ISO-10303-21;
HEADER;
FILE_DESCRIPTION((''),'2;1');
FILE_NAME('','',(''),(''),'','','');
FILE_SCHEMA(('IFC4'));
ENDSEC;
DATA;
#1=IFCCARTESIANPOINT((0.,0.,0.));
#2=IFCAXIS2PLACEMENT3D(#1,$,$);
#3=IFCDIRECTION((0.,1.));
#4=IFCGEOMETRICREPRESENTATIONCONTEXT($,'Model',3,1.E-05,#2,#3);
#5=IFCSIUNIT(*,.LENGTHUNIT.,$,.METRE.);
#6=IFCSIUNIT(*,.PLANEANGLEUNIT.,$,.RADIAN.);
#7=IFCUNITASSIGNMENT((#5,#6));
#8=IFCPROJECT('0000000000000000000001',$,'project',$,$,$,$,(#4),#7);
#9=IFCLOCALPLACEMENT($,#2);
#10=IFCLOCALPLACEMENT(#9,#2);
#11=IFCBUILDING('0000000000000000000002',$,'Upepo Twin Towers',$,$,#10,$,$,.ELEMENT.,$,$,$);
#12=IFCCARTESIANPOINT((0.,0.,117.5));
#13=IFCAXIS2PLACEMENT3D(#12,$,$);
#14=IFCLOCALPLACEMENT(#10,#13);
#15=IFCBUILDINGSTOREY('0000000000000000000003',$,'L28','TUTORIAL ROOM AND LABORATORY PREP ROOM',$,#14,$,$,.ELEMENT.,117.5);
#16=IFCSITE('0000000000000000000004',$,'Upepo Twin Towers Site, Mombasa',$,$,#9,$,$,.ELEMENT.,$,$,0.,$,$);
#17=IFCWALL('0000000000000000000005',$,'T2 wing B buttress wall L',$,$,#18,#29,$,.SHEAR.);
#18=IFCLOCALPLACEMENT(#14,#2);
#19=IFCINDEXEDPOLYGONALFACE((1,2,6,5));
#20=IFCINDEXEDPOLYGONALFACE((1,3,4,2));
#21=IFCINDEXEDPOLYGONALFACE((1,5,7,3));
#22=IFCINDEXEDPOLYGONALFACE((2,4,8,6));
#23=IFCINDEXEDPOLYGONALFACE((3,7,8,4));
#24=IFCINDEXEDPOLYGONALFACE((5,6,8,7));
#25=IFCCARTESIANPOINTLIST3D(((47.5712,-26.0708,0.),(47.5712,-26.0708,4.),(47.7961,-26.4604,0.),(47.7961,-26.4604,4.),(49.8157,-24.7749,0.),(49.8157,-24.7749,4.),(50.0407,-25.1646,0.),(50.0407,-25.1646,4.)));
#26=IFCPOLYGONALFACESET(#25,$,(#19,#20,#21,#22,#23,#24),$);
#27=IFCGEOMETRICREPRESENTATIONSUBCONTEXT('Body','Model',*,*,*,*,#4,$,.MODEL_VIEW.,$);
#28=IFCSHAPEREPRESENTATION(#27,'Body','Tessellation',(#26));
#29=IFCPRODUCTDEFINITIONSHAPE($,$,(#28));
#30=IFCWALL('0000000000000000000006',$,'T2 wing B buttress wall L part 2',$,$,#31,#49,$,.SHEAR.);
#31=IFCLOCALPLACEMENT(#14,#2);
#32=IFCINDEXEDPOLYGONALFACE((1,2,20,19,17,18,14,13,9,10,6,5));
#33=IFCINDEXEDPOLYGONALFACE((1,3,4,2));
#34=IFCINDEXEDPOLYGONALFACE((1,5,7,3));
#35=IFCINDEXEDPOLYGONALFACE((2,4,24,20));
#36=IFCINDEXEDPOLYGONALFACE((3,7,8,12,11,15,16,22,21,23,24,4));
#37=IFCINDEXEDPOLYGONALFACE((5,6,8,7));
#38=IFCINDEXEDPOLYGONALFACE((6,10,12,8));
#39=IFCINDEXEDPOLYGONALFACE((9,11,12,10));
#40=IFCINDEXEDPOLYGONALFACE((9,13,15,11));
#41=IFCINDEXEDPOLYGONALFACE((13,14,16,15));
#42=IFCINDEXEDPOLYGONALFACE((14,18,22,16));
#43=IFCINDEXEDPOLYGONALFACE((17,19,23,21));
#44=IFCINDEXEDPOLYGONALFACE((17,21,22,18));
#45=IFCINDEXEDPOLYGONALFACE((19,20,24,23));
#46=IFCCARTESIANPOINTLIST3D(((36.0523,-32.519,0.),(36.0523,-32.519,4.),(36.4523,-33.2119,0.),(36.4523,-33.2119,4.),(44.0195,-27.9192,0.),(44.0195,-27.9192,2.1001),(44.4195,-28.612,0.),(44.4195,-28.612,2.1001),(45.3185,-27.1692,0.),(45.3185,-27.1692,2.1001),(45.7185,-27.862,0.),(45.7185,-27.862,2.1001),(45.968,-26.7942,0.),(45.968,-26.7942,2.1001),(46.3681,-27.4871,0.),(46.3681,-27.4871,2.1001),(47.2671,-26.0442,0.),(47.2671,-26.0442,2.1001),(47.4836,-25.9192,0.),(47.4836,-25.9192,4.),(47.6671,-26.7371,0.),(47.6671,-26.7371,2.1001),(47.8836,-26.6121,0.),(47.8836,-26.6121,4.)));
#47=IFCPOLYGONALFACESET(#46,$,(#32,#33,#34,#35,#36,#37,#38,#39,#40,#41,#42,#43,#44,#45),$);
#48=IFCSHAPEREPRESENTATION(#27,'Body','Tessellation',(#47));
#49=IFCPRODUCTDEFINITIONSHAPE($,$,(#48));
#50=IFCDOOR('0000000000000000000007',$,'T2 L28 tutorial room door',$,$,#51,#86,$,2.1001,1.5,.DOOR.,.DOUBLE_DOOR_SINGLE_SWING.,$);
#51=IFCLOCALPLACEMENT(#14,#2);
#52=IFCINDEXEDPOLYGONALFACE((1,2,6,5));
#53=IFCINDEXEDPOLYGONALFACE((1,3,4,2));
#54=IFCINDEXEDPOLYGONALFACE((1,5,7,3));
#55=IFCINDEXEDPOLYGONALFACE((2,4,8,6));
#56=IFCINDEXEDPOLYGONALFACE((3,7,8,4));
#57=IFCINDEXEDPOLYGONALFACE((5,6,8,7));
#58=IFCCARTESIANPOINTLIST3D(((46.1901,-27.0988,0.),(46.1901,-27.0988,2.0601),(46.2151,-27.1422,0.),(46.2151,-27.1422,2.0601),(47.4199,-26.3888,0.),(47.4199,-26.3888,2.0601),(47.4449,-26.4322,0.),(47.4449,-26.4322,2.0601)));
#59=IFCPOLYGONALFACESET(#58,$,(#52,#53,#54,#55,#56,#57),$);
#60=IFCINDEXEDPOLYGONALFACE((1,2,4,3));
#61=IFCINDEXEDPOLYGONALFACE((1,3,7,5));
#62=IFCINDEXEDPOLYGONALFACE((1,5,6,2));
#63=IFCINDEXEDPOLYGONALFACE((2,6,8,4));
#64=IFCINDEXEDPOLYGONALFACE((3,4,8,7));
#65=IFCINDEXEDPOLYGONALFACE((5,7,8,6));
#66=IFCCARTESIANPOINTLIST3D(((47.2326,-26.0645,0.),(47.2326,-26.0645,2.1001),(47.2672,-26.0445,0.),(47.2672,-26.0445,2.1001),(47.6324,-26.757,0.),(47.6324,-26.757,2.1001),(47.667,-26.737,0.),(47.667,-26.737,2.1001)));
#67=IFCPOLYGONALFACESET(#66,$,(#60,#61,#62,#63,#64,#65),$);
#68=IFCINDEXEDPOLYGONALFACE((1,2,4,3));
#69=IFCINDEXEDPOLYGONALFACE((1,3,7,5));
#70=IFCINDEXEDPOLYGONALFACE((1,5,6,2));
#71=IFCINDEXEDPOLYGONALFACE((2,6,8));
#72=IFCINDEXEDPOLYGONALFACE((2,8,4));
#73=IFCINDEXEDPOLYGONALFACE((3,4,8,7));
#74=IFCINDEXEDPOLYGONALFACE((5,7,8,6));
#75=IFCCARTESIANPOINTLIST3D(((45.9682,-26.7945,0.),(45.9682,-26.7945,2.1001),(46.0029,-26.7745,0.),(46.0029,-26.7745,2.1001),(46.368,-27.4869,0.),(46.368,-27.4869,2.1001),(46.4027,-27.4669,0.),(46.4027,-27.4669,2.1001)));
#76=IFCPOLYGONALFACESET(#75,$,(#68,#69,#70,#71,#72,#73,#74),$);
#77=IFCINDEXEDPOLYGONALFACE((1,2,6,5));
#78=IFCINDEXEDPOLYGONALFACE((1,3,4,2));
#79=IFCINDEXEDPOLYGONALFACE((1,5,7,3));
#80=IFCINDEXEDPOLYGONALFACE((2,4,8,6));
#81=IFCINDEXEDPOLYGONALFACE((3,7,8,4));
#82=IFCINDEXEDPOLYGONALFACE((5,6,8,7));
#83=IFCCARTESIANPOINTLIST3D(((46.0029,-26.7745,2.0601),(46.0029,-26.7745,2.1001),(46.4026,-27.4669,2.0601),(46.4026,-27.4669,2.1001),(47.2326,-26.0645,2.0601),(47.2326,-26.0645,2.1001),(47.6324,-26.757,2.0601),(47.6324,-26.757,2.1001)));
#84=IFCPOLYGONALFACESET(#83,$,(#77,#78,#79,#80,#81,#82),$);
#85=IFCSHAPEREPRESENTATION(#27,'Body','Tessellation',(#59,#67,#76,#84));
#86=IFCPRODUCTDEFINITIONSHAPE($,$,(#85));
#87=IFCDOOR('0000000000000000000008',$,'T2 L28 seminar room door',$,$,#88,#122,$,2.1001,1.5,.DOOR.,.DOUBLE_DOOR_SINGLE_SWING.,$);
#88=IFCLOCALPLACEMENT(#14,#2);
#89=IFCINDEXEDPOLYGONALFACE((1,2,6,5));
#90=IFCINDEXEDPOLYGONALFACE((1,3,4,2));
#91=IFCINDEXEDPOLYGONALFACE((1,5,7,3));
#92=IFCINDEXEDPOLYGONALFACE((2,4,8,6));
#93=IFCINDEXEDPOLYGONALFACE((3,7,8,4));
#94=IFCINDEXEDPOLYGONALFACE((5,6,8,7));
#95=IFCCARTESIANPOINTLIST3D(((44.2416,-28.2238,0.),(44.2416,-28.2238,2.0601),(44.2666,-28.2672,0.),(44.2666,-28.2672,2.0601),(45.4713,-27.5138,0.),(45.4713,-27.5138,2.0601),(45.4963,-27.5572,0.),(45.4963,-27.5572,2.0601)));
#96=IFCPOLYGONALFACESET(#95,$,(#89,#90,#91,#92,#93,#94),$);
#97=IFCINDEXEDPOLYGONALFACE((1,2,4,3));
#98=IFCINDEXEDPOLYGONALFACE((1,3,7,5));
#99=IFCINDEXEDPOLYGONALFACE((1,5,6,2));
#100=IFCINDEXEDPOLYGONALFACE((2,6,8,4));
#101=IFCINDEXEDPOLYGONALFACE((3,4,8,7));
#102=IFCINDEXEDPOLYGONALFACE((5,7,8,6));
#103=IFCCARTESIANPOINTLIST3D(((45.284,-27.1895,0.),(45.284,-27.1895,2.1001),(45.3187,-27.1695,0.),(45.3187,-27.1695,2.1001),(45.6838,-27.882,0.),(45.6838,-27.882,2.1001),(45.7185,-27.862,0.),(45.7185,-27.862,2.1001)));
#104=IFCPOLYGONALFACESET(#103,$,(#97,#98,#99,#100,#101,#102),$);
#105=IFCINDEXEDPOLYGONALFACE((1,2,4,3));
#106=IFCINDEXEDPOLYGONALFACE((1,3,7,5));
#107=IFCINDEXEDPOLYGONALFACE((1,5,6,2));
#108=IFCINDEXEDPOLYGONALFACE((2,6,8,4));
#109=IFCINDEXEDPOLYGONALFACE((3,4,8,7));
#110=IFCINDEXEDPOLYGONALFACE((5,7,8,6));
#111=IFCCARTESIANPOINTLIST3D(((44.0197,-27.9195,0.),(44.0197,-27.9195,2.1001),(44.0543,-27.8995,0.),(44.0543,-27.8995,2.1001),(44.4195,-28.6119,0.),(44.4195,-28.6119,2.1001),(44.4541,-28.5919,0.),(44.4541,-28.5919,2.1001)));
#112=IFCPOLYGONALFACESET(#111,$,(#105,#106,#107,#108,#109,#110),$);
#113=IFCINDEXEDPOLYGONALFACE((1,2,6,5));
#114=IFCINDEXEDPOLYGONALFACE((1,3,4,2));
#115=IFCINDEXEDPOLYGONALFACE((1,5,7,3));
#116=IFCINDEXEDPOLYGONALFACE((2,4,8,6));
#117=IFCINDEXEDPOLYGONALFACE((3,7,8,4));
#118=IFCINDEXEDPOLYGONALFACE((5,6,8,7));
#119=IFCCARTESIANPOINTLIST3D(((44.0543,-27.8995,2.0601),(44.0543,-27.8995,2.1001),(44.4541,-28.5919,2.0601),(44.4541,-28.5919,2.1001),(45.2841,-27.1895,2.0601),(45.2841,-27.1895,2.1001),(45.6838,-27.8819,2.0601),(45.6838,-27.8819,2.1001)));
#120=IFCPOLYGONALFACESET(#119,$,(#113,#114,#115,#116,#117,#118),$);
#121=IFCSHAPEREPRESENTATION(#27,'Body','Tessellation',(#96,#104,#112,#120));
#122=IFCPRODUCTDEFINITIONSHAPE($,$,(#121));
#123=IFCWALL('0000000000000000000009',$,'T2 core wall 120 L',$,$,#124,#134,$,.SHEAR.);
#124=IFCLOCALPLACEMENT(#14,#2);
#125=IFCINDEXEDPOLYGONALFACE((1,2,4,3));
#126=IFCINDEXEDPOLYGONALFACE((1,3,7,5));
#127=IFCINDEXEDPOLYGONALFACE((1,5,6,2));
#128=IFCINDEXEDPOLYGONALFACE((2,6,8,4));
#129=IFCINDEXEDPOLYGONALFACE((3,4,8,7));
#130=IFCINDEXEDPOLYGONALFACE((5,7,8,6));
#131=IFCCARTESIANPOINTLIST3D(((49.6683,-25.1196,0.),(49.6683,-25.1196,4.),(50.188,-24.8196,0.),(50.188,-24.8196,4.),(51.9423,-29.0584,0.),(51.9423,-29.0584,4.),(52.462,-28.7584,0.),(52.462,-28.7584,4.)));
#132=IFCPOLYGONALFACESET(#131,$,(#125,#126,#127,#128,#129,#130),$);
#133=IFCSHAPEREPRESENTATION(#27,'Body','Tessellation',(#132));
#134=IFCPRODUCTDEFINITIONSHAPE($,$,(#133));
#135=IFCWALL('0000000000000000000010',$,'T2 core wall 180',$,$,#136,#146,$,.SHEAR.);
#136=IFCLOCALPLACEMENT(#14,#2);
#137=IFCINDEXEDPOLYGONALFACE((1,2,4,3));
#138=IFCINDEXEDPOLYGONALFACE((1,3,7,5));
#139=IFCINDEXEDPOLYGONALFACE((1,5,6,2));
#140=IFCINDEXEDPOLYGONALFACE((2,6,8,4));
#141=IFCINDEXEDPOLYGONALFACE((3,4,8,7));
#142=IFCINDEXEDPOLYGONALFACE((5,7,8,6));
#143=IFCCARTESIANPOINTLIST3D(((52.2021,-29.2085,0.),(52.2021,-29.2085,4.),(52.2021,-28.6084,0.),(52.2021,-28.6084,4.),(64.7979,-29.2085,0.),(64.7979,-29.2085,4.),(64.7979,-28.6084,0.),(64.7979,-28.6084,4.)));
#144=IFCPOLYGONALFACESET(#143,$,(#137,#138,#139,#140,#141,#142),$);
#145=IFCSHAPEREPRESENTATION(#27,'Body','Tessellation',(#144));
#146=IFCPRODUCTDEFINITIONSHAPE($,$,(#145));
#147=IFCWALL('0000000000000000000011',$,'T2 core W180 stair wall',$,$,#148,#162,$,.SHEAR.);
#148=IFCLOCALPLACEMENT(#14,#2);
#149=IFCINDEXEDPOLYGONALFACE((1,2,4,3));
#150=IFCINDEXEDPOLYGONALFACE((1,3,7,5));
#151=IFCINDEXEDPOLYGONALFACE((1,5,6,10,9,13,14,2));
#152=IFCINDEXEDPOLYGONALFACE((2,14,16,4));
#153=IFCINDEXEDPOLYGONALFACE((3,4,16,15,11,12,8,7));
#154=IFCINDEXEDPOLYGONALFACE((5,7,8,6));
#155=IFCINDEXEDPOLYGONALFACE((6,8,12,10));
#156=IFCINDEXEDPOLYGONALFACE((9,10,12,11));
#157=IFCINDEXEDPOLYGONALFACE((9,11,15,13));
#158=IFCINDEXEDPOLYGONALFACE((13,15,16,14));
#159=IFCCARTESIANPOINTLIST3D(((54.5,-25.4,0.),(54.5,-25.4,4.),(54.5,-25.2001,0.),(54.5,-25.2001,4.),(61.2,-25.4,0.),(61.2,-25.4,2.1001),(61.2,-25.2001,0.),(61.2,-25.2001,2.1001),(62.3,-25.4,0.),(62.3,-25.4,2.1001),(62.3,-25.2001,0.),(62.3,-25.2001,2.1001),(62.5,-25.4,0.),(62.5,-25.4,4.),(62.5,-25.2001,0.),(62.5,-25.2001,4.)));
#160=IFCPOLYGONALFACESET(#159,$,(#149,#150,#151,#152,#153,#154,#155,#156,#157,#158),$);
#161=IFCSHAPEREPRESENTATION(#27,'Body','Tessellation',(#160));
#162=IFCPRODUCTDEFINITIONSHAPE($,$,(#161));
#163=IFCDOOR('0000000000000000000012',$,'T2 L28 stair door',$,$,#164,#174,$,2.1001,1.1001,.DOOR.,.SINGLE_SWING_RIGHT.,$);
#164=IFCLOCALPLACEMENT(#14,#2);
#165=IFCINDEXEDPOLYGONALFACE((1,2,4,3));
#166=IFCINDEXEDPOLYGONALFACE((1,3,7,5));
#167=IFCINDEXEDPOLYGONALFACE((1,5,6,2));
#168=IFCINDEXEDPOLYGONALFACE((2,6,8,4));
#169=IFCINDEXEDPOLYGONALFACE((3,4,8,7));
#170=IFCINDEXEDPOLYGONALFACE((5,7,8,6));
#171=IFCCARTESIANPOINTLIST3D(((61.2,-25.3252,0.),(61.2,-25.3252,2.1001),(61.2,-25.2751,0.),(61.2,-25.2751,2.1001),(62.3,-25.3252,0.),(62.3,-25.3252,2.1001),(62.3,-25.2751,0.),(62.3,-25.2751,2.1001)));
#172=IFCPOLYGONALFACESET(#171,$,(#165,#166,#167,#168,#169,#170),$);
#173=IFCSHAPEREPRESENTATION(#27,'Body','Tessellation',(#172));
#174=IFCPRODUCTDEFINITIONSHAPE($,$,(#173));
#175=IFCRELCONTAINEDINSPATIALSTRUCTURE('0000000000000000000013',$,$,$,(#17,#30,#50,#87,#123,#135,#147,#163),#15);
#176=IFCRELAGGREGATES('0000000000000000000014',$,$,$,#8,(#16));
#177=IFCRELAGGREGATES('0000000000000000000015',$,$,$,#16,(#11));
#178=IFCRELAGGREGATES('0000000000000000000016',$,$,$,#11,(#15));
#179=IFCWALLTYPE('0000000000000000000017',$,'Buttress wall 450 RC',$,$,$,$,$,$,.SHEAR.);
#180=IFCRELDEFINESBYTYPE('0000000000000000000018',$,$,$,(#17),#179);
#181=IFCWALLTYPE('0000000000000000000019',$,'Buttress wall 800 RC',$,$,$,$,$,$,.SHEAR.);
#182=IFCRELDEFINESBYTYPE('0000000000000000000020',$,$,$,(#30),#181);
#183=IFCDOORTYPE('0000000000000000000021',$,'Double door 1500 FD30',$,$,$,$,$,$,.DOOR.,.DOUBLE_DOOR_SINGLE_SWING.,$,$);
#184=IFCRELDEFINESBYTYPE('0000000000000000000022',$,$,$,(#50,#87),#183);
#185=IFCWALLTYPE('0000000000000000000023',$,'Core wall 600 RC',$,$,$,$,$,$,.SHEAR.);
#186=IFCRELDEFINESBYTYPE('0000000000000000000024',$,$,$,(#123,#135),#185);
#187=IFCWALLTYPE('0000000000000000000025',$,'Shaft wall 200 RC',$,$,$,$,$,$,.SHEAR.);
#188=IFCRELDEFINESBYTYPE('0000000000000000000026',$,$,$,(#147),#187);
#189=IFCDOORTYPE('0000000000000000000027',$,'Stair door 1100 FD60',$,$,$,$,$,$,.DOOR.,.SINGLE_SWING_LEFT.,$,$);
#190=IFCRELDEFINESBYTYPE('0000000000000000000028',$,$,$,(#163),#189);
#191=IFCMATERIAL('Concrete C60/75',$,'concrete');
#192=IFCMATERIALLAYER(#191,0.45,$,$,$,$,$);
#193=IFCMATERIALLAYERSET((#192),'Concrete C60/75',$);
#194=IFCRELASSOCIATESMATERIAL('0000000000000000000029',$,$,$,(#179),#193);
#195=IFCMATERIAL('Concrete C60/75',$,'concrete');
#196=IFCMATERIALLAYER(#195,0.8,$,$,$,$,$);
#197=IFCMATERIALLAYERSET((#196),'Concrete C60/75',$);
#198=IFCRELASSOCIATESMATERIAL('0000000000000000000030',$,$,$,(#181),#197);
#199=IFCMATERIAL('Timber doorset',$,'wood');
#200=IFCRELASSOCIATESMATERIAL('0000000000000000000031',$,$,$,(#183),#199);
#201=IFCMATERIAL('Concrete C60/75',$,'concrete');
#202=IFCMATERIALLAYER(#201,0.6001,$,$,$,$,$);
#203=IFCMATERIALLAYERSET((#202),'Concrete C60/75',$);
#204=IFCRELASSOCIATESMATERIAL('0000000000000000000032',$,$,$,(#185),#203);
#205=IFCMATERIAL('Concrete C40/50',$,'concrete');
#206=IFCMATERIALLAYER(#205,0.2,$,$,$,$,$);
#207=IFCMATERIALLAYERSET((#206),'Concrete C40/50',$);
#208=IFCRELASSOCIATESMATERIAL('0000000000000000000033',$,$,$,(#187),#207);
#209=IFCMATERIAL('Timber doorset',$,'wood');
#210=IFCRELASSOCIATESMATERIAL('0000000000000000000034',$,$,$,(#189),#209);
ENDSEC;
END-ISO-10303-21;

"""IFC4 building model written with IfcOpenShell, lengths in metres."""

from ifc_helpers import new_model, si_unit, direction, frame, frame_2d, origin, place, context, subcontext, project, spatial, rectangle, extrude, material, layer, layer_set, type_object, element, fill, save


model = new_model("IFC4")

# Units and contexts
model_context = context("Model", 3, precision=1e-05, world=origin(), true_north=direction((0.0, 1.0)))
body_context = subcontext(model_context, "Body", "Model", "MODEL_VIEW")
ifc_project = project(units=[si_unit("LENGTHUNIT", "METRE"), si_unit("PLANEANGLEUNIT", "RADIAN")], contexts=[model_context])

# Site, building, storey
site_placement = place(None, origin())
site = spatial("IfcSite", under=ifc_project, at=site_placement, Name="Upepo Twin Towers Site, Mombasa", CompositionType="ELEMENT", RefElevation=0.0)
building_placement = place(site_placement, origin())
building = spatial("IfcBuilding", under=site, at=building_placement, Name="Upepo Twin Towers", CompositionType="ELEMENT")
storey_placement = place(building_placement, frame((0.0, 0.0, 117.5)))
storey = spatial("IfcBuildingStorey", under=building, at=storey_placement, Name="L28", Description="TUTORIAL ROOM AND LABORATORY PREP ROOM", CompositionType="ELEMENT", Elevation=117.5)

# Wall
ifc_material_1 = material(Name="Concrete C60/75", Category="concrete")
ifc_layer_1 = layer(ifc_material_1, 0.45)
ifc_layer_set_1 = layer_set([ifc_layer_1], Name="Concrete C60/75")
wall_type_1 = type_object("IfcWallType", Name="Buttress wall 450 RC", PredefinedType="SHEAR", material=ifc_layer_set_1)
wall_1_placement = place(storey_placement, frame((49.9282, -24.9697, 0.0), z_axis=(0.0, 0.0, 1.0), x_axis=(-0.866032, -0.499989, 0.0)))
element("IfcWall", 1, at=wall_1_placement, inside=storey, type_object=wall_type_1, Name="T2 wing B buttress wall L", PredefinedType="SHEAR", context=body_context, shape_type="SweptSolid", body=[
    extrude(rectangle(XDim=2.5918, YDim=0.45, at=frame_2d((1.2959, 0.0))), origin(), (0.0, 0.0, 1.0), 4.0),
])

# Wall, openings, doors
ifc_material_2 = material(Name="Concrete C60/75", Category="concrete")
ifc_layer_2 = layer(ifc_material_2, 0.8)
ifc_layer_set_2 = layer_set([ifc_layer_2], Name="Concrete C60/75")
wall_type_2 = type_object("IfcWallType", Name="Buttress wall 800 RC", PredefinedType="SHEAR", material=ifc_layer_set_2)
wall_2_placement = place(storey_placement, frame((47.6836, -26.2656, 0.0), z_axis=(0.0, 0.0, 1.0), x_axis=(-0.866028, -0.499996, 0.0)))
wall_2 = element("IfcWall", 2, at=wall_2_placement, inside=storey, type_object=wall_type_2, Name="T2 wing B buttress wall L part 2", PredefinedType="SHEAR", context=body_context, shape_type="SweptSolid", body=[
    extrude(rectangle(XDim=13.1997, YDim=0.8, at=frame_2d((6.5999, 0.0))), origin(), (0.0, 0.0, 1.0), 4.0),
])
opening_1_placement = place(wall_2_placement, frame((0.25, 0.0, 0.0)))
opening_1 = element("IfcOpeningElement", 3, at=opening_1_placement, cuts=wall_2, PredefinedType="OPENING", context=body_context, shape_type="SweptSolid", body=[
    extrude(rectangle(XDim=1.5, YDim=2.1001, at=frame_2d((0.75, 1.05))), frame((0.0, 0.4099, 0.0), z_axis=(0.0, -1.0, 0.0), x_axis=(1.0, 0.0, 0.0)), (0.0, 0.0, 1.0), 0.8201),
])
opening_2_placement = place(wall_2_placement, frame((2.5, 0.0, 0.0)))
opening_2 = element("IfcOpeningElement", 4, at=opening_2_placement, cuts=wall_2, PredefinedType="OPENING", context=body_context, shape_type="SweptSolid", body=[
    extrude(rectangle(XDim=1.5, YDim=2.1001, at=frame_2d((0.75, 1.05))), frame((0.0, 0.4099, 0.0), z_axis=(0.0, -1.0, 0.0), x_axis=(1.0, 0.0, 0.0)), (0.0, 0.0, 1.0), 0.8201),
])
ifc_material_3 = material(Name="Timber doorset", Category="wood")
door_type_1 = type_object("IfcDoorType", Name="Double door 1500 FD30", OperationType="DOUBLE_DOOR_SINGLE_SWING", PredefinedType="DOOR", material=ifc_material_3)
door_1_placement = place(opening_1_placement, origin())
door_1 = element("IfcDoor", 5, at=door_1_placement, inside=storey, type_object=door_type_1, Name="T2 L28 tutorial room door", OperationType="DOUBLE_DOOR_SINGLE_SWING", OverallHeight=2.1001, OverallWidth=1.5, PredefinedType="DOOR", context=body_context, shape_type="SweptSolid", body=[
    extrude(rectangle(XDim=1.42, YDim=2.0601, at=frame_2d((0.75, 1.03))), frame((0.0, 0.0249, 0.0), z_axis=(0.0, -1.0, 0.0), x_axis=(1.0, 0.0, 0.0)), (0.0, 0.0, 1.0), 0.05),
    extrude(rectangle(XDim=0.04, YDim=2.1001, at=frame_2d((0.02, 1.05))), frame((0.0, 0.3999, 0.0), z_axis=(0.0, -1.0, 0.0), x_axis=(1.0, 0.0, 0.0)), (0.0, 0.0, 1.0), 0.7996),
    extrude(rectangle(XDim=0.04, YDim=2.1001, at=frame_2d((1.48, 1.05))), frame((0.0, 0.3999, 0.0), z_axis=(0.0, -1.0, 0.0), x_axis=(1.0, 0.0, 0.0)), (0.0, 0.0, 1.0), 0.7996),
    extrude(rectangle(XDim=1.42, YDim=0.04, at=frame_2d((0.75, 2.0801))), frame((0.0, 0.3999, 0.0), z_axis=(0.0, -1.0, 0.0), x_axis=(1.0, 0.0, 0.0)), (0.0, 0.0, 1.0), 0.7996),
])
fill(opening_1, door_1)
door_2_placement = place(opening_2_placement, origin())
door_2 = element("IfcDoor", 6, at=door_2_placement, inside=storey, type_object=door_type_1, Name="T2 L28 seminar room door", OperationType="DOUBLE_DOOR_SINGLE_SWING", OverallHeight=2.1001, OverallWidth=1.5, PredefinedType="DOOR", context=body_context, shape_type="SweptSolid", body=[
    extrude(rectangle(XDim=1.42, YDim=2.0601, at=frame_2d((0.75, 1.03))), frame((0.0, 0.0249, 0.0), z_axis=(0.0, -1.0, 0.0), x_axis=(1.0, 0.0, 0.0)), (0.0, 0.0, 1.0), 0.05),
    extrude(rectangle(XDim=0.04, YDim=2.1001, at=frame_2d((0.02, 1.05))), frame((0.0, 0.3999, 0.0), z_axis=(0.0, -1.0, 0.0), x_axis=(1.0, 0.0, 0.0)), (0.0, 0.0, 1.0), 0.7996),
    extrude(rectangle(XDim=0.04, YDim=2.1001, at=frame_2d((1.48, 1.05))), frame((0.0, 0.3999, 0.0), z_axis=(0.0, -1.0, 0.0), x_axis=(1.0, 0.0, 0.0)), (0.0, 0.0, 1.0), 0.7996),
    extrude(rectangle(XDim=1.42, YDim=0.04, at=frame_2d((0.75, 2.0801))), frame((0.0, 0.3999, 0.0), z_axis=(0.0, -1.0, 0.0), x_axis=(1.0, 0.0, 0.0)), (0.0, 0.0, 1.0), 0.7996),
])
fill(opening_2, door_2)

# Walls
ifc_material_4 = material(Name="Concrete C60/75", Category="concrete")
ifc_layer_3 = layer(ifc_material_4, 0.6001)
ifc_layer_set_3 = layer_set([ifc_layer_3], Name="Concrete C60/75")
wall_type_3 = type_object("IfcWallType", Name="Core wall 600 RC", PredefinedType="SHEAR", material=ifc_layer_set_3)
wall_3_placement = place(storey_placement, frame((49.9282, -24.9697, 0.0), z_axis=(0.0, 0.0, 1.0), x_axis=(0.499984, -0.866035, 0.0)))
element("IfcWall", 7, at=wall_3_placement, inside=storey, type_object=wall_type_3, Name="T2 core wall 120 L", PredefinedType="SHEAR", context=body_context, shape_type="SweptSolid", body=[
    extrude(rectangle(XDim=4.5481, YDim=0.6001, at=frame_2d((2.2739, 0.0))), origin(), (0.0, 0.0, 1.0), 4.0),
])
wall_4_placement = place(storey_placement, frame((52.2021, -28.9084, 0.0), z_axis=(0.0, 0.0, 1.0), x_axis=(1.0, 0.0, 0.0)))
element("IfcWall", 8, at=wall_4_placement, inside=storey, type_object=wall_type_3, Name="T2 core wall 180", PredefinedType="SHEAR", context=body_context, shape_type="SweptSolid", body=[
    extrude(rectangle(XDim=12.5957, YDim=0.6001, at=frame_2d((6.2979, 0.0))), origin(), (0.0, 0.0, 1.0), 4.0),
])

# Wall, opening, door
ifc_material_5 = material(Name="Concrete C40/50", Category="concrete")
ifc_layer_4 = layer(ifc_material_5, 0.2)
ifc_layer_set_4 = layer_set([ifc_layer_4], Name="Concrete C40/50")
wall_type_4 = type_object("IfcWallType", Name="Shaft wall 200 RC", PredefinedType="SHEAR", material=ifc_layer_set_4)
wall_5_placement = place(storey_placement, frame((54.5, -25.3, 0.0), z_axis=(0.0, 0.0, 1.0), x_axis=(1.0, 0.0, 0.0)))
wall_5 = element("IfcWall", 9, at=wall_5_placement, inside=storey, type_object=wall_type_4, Name="T2 core W180 stair wall", PredefinedType="SHEAR", context=body_context, shape_type="SweptSolid", body=[
    extrude(rectangle(XDim=8.0, YDim=0.2, at=frame_2d((4.0, 0.0))), origin(), (0.0, 0.0, 1.0), 4.0),
])
opening_3_placement = place(wall_5_placement, frame((6.7, 0.0, 0.0)))
opening_3 = element("IfcOpeningElement", 10, at=opening_3_placement, cuts=wall_5, PredefinedType="OPENING", context=body_context, shape_type="SweptSolid", body=[
    extrude(rectangle(XDim=1.1001, YDim=2.1001, at=frame_2d((0.55, 1.05))), frame((0.0, 0.1099, 0.0), z_axis=(0.0, -1.0, 0.0), x_axis=(1.0, 0.0, 0.0)), (0.0, 0.0, 1.0), 0.22),
])
ifc_material_6 = material(Name="Timber doorset", Category="wood")
door_type_2 = type_object("IfcDoorType", Name="Stair door 1100 FD60", OperationType="SINGLE_SWING_LEFT", PredefinedType="DOOR", material=ifc_material_6)
door_3_placement = place(opening_3_placement, origin())
door_3 = element("IfcDoor", 11, at=door_3_placement, inside=storey, type_object=door_type_2, Name="T2 L28 stair door", OperationType="SINGLE_SWING_RIGHT", OverallHeight=2.1001, OverallWidth=1.1001, PredefinedType="DOOR", context=body_context, shape_type="SweptSolid", body=[
    extrude(rectangle(XDim=1.1001, YDim=2.1001, at=frame_2d((0.55, 1.05))), frame((0.0, 0.0249, 0.0), z_axis=(0.0, -1.0, 0.0), x_axis=(1.0, 0.0, 0.0)), (0.0, 0.0, 1.0), 0.05),
])
fill(opening_3, door_3)

save(model, "model.ifc")
